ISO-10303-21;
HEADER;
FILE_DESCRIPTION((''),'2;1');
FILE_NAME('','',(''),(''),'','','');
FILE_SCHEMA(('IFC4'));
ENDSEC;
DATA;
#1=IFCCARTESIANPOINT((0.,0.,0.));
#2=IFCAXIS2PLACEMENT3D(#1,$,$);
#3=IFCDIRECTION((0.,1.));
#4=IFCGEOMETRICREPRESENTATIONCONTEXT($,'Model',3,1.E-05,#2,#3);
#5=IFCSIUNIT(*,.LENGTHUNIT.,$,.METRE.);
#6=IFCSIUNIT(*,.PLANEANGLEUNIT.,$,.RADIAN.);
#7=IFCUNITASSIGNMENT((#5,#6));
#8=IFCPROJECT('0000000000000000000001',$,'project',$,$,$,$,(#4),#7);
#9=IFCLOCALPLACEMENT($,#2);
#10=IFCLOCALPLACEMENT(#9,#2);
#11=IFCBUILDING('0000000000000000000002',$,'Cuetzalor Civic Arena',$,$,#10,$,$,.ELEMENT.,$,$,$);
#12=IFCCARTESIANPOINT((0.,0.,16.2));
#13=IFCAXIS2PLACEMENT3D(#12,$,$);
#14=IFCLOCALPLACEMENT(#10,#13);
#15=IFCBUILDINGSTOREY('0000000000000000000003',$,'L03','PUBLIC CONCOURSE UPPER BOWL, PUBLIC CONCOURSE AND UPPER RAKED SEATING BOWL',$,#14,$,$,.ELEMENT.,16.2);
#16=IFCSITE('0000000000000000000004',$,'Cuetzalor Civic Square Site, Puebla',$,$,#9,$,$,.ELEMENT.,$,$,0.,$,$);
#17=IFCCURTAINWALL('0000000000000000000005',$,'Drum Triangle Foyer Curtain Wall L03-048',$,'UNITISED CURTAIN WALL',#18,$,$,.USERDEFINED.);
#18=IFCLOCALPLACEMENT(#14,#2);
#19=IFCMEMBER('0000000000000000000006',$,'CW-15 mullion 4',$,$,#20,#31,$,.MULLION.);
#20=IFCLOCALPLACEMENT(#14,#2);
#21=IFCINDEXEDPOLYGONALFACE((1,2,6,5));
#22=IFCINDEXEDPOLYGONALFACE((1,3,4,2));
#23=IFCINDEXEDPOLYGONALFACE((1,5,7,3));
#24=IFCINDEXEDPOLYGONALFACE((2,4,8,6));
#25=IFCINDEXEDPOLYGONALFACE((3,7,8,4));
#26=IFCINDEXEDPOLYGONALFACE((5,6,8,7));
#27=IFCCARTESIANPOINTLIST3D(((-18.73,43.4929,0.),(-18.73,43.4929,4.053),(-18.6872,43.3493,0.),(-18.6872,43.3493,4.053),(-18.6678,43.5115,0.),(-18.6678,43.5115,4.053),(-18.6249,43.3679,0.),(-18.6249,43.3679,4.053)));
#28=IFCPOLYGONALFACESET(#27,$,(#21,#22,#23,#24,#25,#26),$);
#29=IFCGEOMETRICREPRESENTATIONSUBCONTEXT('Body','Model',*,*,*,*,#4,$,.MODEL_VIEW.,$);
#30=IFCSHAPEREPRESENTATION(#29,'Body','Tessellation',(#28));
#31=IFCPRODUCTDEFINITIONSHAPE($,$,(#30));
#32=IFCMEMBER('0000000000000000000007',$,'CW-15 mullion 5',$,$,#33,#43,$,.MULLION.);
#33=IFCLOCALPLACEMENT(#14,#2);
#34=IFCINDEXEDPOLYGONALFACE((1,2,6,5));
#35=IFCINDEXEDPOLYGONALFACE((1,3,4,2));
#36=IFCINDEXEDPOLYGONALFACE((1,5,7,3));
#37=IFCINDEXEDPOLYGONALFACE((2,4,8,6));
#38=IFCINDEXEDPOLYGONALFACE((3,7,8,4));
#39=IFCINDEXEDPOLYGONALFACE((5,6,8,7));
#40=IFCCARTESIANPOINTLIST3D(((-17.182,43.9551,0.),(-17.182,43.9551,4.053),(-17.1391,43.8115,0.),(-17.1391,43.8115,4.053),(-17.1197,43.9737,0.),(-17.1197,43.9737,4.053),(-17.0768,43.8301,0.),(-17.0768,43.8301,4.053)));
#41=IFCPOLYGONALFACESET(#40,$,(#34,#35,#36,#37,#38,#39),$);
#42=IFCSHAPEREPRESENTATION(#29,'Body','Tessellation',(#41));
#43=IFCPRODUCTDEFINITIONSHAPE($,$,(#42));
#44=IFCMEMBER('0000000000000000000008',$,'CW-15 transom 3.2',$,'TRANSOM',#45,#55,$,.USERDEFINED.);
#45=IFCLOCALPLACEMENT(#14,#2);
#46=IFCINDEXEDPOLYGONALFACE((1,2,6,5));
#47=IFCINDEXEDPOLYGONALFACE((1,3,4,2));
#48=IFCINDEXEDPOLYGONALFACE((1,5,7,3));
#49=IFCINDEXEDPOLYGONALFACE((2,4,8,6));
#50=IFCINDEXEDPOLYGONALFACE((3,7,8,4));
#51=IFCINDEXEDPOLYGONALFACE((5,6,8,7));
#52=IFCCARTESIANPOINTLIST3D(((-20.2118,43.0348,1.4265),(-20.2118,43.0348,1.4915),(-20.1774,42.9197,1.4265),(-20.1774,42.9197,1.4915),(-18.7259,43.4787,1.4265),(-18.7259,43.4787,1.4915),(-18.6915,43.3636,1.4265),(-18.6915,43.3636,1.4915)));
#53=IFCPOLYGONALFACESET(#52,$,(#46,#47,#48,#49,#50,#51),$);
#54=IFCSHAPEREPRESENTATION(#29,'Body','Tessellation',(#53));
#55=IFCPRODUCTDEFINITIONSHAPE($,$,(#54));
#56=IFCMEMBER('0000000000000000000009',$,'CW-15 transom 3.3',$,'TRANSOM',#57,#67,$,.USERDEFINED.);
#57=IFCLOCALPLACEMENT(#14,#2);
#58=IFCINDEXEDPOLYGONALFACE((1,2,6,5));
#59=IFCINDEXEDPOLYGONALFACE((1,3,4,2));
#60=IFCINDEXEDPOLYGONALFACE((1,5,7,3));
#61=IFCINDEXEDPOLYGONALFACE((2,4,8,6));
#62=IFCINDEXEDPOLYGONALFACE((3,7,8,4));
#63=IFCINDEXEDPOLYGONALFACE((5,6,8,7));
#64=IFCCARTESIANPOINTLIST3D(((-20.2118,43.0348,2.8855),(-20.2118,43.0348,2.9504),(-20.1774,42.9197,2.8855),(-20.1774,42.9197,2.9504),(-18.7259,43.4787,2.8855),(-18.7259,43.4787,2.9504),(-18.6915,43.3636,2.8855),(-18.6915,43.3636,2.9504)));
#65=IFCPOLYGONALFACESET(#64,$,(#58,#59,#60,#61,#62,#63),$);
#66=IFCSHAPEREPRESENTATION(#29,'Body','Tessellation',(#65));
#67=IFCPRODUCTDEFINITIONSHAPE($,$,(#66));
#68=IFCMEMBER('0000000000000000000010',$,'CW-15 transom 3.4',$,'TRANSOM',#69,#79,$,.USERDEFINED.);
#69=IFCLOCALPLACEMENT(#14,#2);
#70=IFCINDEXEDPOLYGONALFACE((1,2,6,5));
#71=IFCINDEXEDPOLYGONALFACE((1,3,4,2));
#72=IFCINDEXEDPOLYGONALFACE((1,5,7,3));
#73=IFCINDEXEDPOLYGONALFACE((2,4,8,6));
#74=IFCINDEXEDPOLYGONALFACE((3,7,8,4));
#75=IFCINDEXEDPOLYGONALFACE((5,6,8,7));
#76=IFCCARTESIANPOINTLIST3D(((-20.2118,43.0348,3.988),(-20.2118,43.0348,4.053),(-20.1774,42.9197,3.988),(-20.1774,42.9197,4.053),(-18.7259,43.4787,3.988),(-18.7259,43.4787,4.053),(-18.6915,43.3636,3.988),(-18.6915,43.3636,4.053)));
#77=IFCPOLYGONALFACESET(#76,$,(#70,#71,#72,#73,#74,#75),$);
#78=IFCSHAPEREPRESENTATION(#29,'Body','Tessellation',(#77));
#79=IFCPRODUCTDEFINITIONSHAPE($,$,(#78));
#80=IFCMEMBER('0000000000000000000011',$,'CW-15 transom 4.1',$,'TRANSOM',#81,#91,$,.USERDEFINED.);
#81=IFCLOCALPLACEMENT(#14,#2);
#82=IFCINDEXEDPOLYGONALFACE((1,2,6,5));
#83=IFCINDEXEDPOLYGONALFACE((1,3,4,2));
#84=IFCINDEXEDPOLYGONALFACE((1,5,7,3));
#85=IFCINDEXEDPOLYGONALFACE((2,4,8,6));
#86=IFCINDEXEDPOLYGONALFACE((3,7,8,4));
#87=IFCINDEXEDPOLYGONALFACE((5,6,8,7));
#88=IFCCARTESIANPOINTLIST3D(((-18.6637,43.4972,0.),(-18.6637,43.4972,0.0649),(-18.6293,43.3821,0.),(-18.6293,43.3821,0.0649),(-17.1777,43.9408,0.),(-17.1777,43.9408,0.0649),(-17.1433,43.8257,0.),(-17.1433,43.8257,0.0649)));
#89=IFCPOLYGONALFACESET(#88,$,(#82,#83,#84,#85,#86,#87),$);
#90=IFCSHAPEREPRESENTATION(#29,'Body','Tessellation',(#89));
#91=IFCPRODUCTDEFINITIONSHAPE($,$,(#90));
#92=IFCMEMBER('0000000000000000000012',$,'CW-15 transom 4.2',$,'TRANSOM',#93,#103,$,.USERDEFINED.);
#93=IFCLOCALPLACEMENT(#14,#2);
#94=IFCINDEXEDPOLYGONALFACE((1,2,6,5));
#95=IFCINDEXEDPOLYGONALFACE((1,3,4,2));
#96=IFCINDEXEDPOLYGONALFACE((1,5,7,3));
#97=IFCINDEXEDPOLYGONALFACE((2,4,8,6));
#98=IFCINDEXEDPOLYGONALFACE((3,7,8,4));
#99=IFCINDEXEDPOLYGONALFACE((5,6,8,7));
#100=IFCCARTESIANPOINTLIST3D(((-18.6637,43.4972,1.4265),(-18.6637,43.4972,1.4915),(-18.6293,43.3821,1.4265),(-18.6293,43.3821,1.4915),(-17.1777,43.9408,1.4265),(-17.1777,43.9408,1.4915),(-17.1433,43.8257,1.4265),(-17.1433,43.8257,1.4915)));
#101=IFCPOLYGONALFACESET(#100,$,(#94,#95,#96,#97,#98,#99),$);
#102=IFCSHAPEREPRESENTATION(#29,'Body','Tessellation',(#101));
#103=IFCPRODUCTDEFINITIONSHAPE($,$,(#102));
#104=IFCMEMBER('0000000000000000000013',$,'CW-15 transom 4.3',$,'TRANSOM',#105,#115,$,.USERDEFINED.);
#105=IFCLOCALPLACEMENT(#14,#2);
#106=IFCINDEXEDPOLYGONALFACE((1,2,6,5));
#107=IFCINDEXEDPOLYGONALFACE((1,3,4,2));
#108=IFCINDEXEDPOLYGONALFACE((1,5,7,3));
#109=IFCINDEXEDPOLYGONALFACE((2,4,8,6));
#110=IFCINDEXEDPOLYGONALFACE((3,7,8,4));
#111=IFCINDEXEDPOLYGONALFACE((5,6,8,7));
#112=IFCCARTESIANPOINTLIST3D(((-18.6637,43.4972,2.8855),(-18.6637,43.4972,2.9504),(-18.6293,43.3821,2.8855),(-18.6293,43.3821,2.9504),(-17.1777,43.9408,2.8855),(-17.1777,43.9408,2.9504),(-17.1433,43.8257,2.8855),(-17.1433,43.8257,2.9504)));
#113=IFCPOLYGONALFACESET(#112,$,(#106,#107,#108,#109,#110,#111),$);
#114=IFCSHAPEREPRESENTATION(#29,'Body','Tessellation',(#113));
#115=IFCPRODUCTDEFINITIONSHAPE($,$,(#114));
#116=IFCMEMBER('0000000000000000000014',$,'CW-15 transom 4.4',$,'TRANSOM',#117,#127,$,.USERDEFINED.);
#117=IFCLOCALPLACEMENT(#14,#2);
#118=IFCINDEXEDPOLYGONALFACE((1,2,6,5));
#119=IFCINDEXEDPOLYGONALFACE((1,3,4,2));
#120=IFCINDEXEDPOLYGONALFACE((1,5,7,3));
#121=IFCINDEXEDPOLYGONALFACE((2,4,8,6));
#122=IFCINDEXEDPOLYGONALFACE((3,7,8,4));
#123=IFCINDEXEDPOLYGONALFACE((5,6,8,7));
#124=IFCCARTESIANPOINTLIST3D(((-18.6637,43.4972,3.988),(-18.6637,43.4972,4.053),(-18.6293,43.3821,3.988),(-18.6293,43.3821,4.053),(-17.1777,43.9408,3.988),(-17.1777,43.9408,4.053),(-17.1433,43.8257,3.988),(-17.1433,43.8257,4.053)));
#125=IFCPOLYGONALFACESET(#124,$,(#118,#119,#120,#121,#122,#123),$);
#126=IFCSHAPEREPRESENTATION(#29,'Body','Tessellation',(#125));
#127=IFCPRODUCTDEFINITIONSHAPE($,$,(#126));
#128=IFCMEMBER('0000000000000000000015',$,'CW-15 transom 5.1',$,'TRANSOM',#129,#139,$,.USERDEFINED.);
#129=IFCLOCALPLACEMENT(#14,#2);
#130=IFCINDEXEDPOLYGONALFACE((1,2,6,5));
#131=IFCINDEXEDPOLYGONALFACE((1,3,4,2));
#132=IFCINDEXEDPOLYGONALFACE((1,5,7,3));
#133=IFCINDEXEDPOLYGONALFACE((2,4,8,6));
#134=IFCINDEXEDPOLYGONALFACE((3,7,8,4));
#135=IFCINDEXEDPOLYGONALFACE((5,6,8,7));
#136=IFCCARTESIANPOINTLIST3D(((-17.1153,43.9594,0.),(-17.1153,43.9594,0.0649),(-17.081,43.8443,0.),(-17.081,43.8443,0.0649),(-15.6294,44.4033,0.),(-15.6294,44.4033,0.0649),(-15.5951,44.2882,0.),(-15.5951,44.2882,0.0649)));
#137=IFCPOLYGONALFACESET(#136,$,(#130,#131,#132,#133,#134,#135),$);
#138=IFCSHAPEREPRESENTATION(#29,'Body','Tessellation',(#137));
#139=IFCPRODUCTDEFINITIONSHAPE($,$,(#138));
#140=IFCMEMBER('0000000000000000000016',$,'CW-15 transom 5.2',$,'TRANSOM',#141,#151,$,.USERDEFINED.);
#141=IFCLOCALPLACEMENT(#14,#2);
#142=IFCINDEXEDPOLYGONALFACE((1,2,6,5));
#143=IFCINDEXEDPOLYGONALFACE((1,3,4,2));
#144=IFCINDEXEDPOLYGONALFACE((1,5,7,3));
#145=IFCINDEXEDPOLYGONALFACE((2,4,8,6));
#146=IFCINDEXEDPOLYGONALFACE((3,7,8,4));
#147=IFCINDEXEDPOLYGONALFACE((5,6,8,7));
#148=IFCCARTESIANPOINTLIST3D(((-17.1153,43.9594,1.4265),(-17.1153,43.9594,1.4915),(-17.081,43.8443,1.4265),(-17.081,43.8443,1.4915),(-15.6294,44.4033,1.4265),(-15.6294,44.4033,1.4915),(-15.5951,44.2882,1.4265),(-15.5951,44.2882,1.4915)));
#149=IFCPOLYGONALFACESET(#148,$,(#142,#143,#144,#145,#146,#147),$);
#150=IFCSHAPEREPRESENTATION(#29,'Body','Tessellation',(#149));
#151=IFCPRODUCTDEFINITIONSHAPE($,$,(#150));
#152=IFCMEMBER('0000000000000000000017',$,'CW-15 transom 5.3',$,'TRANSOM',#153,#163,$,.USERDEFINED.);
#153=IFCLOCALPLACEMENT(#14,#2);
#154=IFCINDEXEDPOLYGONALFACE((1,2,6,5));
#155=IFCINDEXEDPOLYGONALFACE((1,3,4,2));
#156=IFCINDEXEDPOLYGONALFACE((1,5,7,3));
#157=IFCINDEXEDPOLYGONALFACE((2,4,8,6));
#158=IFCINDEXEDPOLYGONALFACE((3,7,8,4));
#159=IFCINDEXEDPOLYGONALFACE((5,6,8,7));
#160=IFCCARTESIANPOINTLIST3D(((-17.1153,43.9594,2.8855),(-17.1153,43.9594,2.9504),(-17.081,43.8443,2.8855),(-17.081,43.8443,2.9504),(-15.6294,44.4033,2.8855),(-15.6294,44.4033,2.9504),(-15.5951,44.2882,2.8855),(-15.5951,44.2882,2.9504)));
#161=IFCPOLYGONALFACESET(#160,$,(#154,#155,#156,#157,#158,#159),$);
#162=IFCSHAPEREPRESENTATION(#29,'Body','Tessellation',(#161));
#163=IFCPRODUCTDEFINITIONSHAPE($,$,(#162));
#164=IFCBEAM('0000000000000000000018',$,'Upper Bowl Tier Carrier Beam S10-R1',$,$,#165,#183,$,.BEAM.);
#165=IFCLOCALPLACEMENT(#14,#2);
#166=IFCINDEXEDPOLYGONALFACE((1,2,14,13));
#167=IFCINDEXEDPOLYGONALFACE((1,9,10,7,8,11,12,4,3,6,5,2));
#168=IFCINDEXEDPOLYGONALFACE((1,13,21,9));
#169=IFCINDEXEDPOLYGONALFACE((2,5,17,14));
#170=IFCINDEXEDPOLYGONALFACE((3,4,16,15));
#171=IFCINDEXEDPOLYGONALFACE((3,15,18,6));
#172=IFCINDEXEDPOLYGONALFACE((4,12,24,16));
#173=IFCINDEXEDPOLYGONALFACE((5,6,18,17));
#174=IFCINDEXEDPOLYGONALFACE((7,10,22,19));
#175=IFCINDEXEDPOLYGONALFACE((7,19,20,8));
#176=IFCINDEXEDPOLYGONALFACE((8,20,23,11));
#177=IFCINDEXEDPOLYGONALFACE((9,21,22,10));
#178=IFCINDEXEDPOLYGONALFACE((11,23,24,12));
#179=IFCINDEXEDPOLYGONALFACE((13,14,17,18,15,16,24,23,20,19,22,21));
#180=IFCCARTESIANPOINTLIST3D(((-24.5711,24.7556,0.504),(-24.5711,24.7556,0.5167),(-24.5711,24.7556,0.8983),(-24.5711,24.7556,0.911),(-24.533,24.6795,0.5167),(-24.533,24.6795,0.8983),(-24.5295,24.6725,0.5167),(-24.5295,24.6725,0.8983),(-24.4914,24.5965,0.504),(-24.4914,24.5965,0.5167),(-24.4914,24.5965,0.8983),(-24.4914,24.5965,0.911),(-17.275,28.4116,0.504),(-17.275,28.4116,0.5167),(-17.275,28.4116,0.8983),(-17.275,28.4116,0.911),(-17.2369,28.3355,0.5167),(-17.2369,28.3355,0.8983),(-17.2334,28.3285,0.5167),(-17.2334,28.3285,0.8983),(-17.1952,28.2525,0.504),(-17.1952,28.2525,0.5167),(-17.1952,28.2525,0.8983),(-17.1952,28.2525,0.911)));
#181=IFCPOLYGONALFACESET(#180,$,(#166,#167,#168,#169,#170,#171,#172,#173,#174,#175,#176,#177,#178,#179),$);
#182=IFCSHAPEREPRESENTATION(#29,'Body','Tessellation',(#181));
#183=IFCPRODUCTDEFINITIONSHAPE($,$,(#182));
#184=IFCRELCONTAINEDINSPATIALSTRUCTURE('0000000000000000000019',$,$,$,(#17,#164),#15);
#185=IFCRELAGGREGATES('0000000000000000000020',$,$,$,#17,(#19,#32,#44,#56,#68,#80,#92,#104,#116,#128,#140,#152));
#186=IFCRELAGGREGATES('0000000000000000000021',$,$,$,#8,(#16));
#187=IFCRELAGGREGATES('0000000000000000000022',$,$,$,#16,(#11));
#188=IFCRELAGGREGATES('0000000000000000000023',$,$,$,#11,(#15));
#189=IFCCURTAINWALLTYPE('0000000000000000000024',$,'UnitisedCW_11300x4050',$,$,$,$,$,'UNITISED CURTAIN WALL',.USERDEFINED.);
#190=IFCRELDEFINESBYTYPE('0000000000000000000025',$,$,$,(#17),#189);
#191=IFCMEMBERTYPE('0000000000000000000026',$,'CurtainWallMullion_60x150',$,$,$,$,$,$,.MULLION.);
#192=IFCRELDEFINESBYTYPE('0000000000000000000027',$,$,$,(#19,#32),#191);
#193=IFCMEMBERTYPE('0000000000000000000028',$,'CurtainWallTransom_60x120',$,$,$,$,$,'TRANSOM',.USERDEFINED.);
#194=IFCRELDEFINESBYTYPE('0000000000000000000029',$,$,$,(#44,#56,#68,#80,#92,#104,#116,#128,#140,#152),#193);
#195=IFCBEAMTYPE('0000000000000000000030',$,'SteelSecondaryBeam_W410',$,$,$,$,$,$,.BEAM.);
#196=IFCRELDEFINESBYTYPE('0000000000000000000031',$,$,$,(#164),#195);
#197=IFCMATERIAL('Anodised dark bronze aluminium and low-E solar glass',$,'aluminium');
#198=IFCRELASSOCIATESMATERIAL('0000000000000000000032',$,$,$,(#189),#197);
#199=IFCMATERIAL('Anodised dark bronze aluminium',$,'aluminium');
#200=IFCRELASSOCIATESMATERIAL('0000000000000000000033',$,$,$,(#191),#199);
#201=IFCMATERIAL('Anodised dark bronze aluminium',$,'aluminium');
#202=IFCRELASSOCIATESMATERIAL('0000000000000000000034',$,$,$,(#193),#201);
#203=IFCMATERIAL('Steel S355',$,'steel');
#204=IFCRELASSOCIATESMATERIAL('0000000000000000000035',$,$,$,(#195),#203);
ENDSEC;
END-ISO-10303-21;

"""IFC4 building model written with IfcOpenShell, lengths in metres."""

from ifc_helpers import new_model, si_unit, direction, frame, origin, origin_2d, place, context, subcontext, project, spatial, rectangle, i_section, extrude, material, material_profile, profile_set, type_object, element, aggregate, save


model = new_model("IFC4")

# Units and contexts
model_context = context("Model", 3, precision=1e-05, world=origin(), true_north=direction((0.0, 1.0)))
body_context = subcontext(model_context, "Body", "Model", "MODEL_VIEW")
ifc_project = project(units=[si_unit("LENGTHUNIT", "METRE"), si_unit("PLANEANGLEUNIT", "RADIAN")], contexts=[model_context])

# Site, building, storey
site_placement = place(None, origin())
site = spatial("IfcSite", under=ifc_project, at=site_placement, Name="Cuetzalor Civic Square Site, Puebla", CompositionType="ELEMENT", RefElevation=0.0)
building_placement = place(site_placement, origin())
building = spatial("IfcBuilding", under=site, at=building_placement, Name="Cuetzalor Civic Arena", CompositionType="ELEMENT")
storey_placement = place(building_placement, frame((0.0, 0.0, 16.2)))
storey = spatial("IfcBuildingStorey", under=building, at=storey_placement, Name="L03", Description="PUBLIC CONCOURSE UPPER BOWL, PUBLIC CONCOURSE AND UPPER RAKED SEATING BOWL", CompositionType="ELEMENT", Elevation=16.2)

# Curtain wall, members
ifc_material_1 = material(Name="Anodised dark bronze aluminium and low-E solar glass", Category="aluminium")
curtain_wall_type = type_object("IfcCurtainWallType", Name="UnitisedCW_11300x4050", ElementType="UNITISED CURTAIN WALL", PredefinedType="USERDEFINED", material=ifc_material_1)
curtain_wall_placement = place(storey_placement, origin())
curtain_wall = element("IfcCurtainWall", 1, at=curtain_wall_placement, inside=storey, type_object=curtain_wall_type, Name="Drum Triangle Foyer Curtain Wall L03-048", ObjectType="UNITISED CURTAIN WALL", PredefinedType="USERDEFINED")
ifc_material_2 = material(Name="Anodised dark bronze aluminium", Category="aluminium")
ifc_material_profile_1 = material_profile(ifc_material_2, rectangle(XDim=0.0649, YDim=0.1499, at=origin_2d()), Name="ALU MULLION 65x150")
ifc_profile_set_1 = profile_set([ifc_material_profile_1], Name="Anodised dark bronze aluminium")
member_type_1 = type_object("IfcMemberType", Name="CurtainWallMullion_60x150", PredefinedType="MULLION", material=ifc_profile_set_1)
member_1_placement = place(storey_placement, frame((-18.6775, 43.4304, 0.0), z_axis=(0.0, 0.0, 1.0), x_axis=(0.958194, 0.28612, 0.0)))
member_1 = element("IfcMember", 2, at=member_1_placement, type_object=member_type_1, Name="CW-15 mullion 4", PredefinedType="MULLION", context=body_context, shape_type="SweptSolid", body=[
    extrude(rectangle(XDim=0.0649, YDim=0.1499, at=origin_2d()), origin(), (0.0, 0.0, 1.0), 4.053),
])
member_2_placement = place(storey_placement, frame((-17.1294, 43.8926, 0.0), z_axis=(0.0, 0.0, 1.0), x_axis=(0.958194, 0.28612, 0.0)))
member_2 = element("IfcMember", 3, at=member_2_placement, type_object=member_type_1, Name="CW-15 mullion 5", PredefinedType="MULLION", context=body_context, shape_type="SweptSolid", body=[
    extrude(rectangle(XDim=0.0649, YDim=0.1499, at=origin_2d()), origin(), (0.0, 0.0, 1.0), 4.053),
])
ifc_material_3 = material(Name="Anodised dark bronze aluminium", Category="aluminium")
ifc_material_profile_2 = material_profile(ifc_material_3, rectangle(XDim=0.1201, YDim=0.0649, at=origin_2d()), Name="ALU TRANSOM 65x120")
ifc_profile_set_2 = profile_set([ifc_material_profile_2], Name="Anodised dark bronze aluminium")
member_type_2 = type_object("IfcMemberType", Name="CurtainWallTransom_60x120", ElementType="TRANSOM", PredefinedType="USERDEFINED", material=ifc_profile_set_2)
member_3_placement = place(storey_placement, frame((-20.1946, 42.9773, 1.459), z_axis=(0.958164, 0.286221, 0.0), x_axis=(-0.286221, 0.958164, 0.0)))
member_3 = element("IfcMember", 4, at=member_3_placement, type_object=member_type_2, Name="CW-15 transom 3.2", ObjectType="TRANSOM", PredefinedType="USERDEFINED", context=body_context, shape_type="SweptSolid", body=[
    extrude(rectangle(XDim=0.1201, YDim=0.0649, at=origin_2d()), origin(), (0.0, 0.0, 1.0), 1.5508),
])
member_4_placement = place(storey_placement, frame((-20.1946, 42.9773, 2.918), z_axis=(0.958164, 0.286221, 0.0), x_axis=(-0.286221, 0.958164, 0.0)))
member_4 = element("IfcMember", 5, at=member_4_placement, type_object=member_type_2, Name="CW-15 transom 3.3", ObjectType="TRANSOM", PredefinedType="USERDEFINED", context=body_context, shape_type="SweptSolid", body=[
    extrude(rectangle(XDim=0.1201, YDim=0.0649, at=origin_2d()), origin(), (0.0, 0.0, 1.0), 1.5508),
])
member_5_placement = place(storey_placement, frame((-20.1946, 42.9773, 4.0205), z_axis=(0.958164, 0.286221, 0.0), x_axis=(-0.286221, 0.958164, 0.0)))
member_5 = element("IfcMember", 6, at=member_5_placement, type_object=member_type_2, Name="CW-15 transom 3.4", ObjectType="TRANSOM", PredefinedType="USERDEFINED", context=body_context, shape_type="SweptSolid", body=[
    extrude(rectangle(XDim=0.1201, YDim=0.0649, at=origin_2d()), origin(), (0.0, 0.0, 1.0), 1.5508),
])
member_6_placement = place(storey_placement, frame((-18.6465, 43.4397, 0.0325), z_axis=(0.95822, 0.286033, 0.0), x_axis=(-0.286033, 0.95822, 0.0)))
member_6 = element("IfcMember", 7, at=member_6_placement, type_object=member_type_2, Name="CW-15 transom 4.1", ObjectType="TRANSOM", PredefinedType="USERDEFINED", context=body_context, shape_type="SweptSolid", body=[
    extrude(rectangle(XDim=0.1201, YDim=0.0649, at=origin_2d()), origin(), (0.0, 0.0, 1.0), 1.5508),
])
member_7_placement = place(storey_placement, frame((-18.6465, 43.4397, 1.459), z_axis=(0.95822, 0.286033, 0.0), x_axis=(-0.286033, 0.95822, 0.0)))
member_7 = element("IfcMember", 8, at=member_7_placement, type_object=member_type_2, Name="CW-15 transom 4.2", ObjectType="TRANSOM", PredefinedType="USERDEFINED", context=body_context, shape_type="SweptSolid", body=[
    extrude(rectangle(XDim=0.1201, YDim=0.0649, at=origin_2d()), origin(), (0.0, 0.0, 1.0), 1.5508),
])
member_8_placement = place(storey_placement, frame((-18.6465, 43.4397, 2.918), z_axis=(0.95822, 0.286033, 0.0), x_axis=(-0.286033, 0.95822, 0.0)))
member_8 = element("IfcMember", 9, at=member_8_placement, type_object=member_type_2, Name="CW-15 transom 4.3", ObjectType="TRANSOM", PredefinedType="USERDEFINED", context=body_context, shape_type="SweptSolid", body=[
    extrude(rectangle(XDim=0.1201, YDim=0.0649, at=origin_2d()), origin(), (0.0, 0.0, 1.0), 1.5508),
])
member_9_placement = place(storey_placement, frame((-18.6465, 43.4397, 4.0205), z_axis=(0.95822, 0.286033, 0.0), x_axis=(-0.286033, 0.95822, 0.0)))
member_9 = element("IfcMember", 10, at=member_9_placement, type_object=member_type_2, Name="CW-15 transom 4.4", ObjectType="TRANSOM", PredefinedType="USERDEFINED", context=body_context, shape_type="SweptSolid", body=[
    extrude(rectangle(XDim=0.1201, YDim=0.0649, at=origin_2d()), origin(), (0.0, 0.0, 1.0), 1.5508),
])
member_10_placement = place(storey_placement, frame((-17.0981, 43.9019, 0.0325), z_axis=(0.958164, 0.286221, 0.0), x_axis=(-0.286221, 0.958164, 0.0)))
member_10 = element("IfcMember", 11, at=member_10_placement, type_object=member_type_2, Name="CW-15 transom 5.1", ObjectType="TRANSOM", PredefinedType="USERDEFINED", context=body_context, shape_type="SweptSolid", body=[
    extrude(rectangle(XDim=0.1201, YDim=0.0649, at=origin_2d()), origin(), (0.0, 0.0, 1.0), 1.5508),
])
member_11_placement = place(storey_placement, frame((-17.0981, 43.9019, 1.459), z_axis=(0.958164, 0.286221, 0.0), x_axis=(-0.286221, 0.958164, 0.0)))
member_11 = element("IfcMember", 12, at=member_11_placement, type_object=member_type_2, Name="CW-15 transom 5.2", ObjectType="TRANSOM", PredefinedType="USERDEFINED", context=body_context, shape_type="SweptSolid", body=[
    extrude(rectangle(XDim=0.1201, YDim=0.0649, at=origin_2d()), origin(), (0.0, 0.0, 1.0), 1.5508),
])
member_12_placement = place(storey_placement, frame((-17.0981, 43.9019, 2.918), z_axis=(0.958164, 0.286221, 0.0), x_axis=(-0.286221, 0.958164, 0.0)))
member_12 = element("IfcMember", 13, at=member_12_placement, type_object=member_type_2, Name="CW-15 transom 5.3", ObjectType="TRANSOM", PredefinedType="USERDEFINED", context=body_context, shape_type="SweptSolid", body=[
    extrude(rectangle(XDim=0.1201, YDim=0.0649, at=origin_2d()), origin(), (0.0, 0.0, 1.0), 1.5508),
])

# Beam
ifc_material_4 = material(Name="Steel S355", Category="steel")
ifc_material_profile_3 = material_profile(ifc_material_4, i_section(OverallWidth=0.178, OverallDepth=0.407, WebThickness=0.0078, FlangeThickness=0.0127, at=origin_2d()), Name="W410x60")
ifc_profile_set_3 = profile_set([ifc_material_profile_3], Name="Steel S355")
beam_type = type_object("IfcBeamType", Name="SteelSecondaryBeam_W410", PredefinedType="BEAM", material=ifc_profile_set_3)
beam_1_placement = place(storey_placement, frame((-17.2351, 28.332, 0.7075), z_axis=(-0.894038, -0.447991, 0.0), x_axis=(0.447991, -0.894038, 0.0)))
element("IfcBeam", 14, at=beam_1_placement, inside=storey, type_object=beam_type, Name="Upper Bowl Tier Carrier Beam S10-R1", PredefinedType="BEAM", context=body_context, shape_type="SweptSolid", body=[
    extrude(i_section(OverallWidth=0.178, OverallDepth=0.407, WebThickness=0.0078, FlangeThickness=0.0127, at=origin_2d()), origin(), (0.0, 0.0, 1.0), 8.1609),
])

aggregate(curtain_wall, [member_1, member_2, member_3, member_4, member_5, member_6, member_7, member_8, member_9, member_10, member_11, member_12])

save(model, "model.ifc")
